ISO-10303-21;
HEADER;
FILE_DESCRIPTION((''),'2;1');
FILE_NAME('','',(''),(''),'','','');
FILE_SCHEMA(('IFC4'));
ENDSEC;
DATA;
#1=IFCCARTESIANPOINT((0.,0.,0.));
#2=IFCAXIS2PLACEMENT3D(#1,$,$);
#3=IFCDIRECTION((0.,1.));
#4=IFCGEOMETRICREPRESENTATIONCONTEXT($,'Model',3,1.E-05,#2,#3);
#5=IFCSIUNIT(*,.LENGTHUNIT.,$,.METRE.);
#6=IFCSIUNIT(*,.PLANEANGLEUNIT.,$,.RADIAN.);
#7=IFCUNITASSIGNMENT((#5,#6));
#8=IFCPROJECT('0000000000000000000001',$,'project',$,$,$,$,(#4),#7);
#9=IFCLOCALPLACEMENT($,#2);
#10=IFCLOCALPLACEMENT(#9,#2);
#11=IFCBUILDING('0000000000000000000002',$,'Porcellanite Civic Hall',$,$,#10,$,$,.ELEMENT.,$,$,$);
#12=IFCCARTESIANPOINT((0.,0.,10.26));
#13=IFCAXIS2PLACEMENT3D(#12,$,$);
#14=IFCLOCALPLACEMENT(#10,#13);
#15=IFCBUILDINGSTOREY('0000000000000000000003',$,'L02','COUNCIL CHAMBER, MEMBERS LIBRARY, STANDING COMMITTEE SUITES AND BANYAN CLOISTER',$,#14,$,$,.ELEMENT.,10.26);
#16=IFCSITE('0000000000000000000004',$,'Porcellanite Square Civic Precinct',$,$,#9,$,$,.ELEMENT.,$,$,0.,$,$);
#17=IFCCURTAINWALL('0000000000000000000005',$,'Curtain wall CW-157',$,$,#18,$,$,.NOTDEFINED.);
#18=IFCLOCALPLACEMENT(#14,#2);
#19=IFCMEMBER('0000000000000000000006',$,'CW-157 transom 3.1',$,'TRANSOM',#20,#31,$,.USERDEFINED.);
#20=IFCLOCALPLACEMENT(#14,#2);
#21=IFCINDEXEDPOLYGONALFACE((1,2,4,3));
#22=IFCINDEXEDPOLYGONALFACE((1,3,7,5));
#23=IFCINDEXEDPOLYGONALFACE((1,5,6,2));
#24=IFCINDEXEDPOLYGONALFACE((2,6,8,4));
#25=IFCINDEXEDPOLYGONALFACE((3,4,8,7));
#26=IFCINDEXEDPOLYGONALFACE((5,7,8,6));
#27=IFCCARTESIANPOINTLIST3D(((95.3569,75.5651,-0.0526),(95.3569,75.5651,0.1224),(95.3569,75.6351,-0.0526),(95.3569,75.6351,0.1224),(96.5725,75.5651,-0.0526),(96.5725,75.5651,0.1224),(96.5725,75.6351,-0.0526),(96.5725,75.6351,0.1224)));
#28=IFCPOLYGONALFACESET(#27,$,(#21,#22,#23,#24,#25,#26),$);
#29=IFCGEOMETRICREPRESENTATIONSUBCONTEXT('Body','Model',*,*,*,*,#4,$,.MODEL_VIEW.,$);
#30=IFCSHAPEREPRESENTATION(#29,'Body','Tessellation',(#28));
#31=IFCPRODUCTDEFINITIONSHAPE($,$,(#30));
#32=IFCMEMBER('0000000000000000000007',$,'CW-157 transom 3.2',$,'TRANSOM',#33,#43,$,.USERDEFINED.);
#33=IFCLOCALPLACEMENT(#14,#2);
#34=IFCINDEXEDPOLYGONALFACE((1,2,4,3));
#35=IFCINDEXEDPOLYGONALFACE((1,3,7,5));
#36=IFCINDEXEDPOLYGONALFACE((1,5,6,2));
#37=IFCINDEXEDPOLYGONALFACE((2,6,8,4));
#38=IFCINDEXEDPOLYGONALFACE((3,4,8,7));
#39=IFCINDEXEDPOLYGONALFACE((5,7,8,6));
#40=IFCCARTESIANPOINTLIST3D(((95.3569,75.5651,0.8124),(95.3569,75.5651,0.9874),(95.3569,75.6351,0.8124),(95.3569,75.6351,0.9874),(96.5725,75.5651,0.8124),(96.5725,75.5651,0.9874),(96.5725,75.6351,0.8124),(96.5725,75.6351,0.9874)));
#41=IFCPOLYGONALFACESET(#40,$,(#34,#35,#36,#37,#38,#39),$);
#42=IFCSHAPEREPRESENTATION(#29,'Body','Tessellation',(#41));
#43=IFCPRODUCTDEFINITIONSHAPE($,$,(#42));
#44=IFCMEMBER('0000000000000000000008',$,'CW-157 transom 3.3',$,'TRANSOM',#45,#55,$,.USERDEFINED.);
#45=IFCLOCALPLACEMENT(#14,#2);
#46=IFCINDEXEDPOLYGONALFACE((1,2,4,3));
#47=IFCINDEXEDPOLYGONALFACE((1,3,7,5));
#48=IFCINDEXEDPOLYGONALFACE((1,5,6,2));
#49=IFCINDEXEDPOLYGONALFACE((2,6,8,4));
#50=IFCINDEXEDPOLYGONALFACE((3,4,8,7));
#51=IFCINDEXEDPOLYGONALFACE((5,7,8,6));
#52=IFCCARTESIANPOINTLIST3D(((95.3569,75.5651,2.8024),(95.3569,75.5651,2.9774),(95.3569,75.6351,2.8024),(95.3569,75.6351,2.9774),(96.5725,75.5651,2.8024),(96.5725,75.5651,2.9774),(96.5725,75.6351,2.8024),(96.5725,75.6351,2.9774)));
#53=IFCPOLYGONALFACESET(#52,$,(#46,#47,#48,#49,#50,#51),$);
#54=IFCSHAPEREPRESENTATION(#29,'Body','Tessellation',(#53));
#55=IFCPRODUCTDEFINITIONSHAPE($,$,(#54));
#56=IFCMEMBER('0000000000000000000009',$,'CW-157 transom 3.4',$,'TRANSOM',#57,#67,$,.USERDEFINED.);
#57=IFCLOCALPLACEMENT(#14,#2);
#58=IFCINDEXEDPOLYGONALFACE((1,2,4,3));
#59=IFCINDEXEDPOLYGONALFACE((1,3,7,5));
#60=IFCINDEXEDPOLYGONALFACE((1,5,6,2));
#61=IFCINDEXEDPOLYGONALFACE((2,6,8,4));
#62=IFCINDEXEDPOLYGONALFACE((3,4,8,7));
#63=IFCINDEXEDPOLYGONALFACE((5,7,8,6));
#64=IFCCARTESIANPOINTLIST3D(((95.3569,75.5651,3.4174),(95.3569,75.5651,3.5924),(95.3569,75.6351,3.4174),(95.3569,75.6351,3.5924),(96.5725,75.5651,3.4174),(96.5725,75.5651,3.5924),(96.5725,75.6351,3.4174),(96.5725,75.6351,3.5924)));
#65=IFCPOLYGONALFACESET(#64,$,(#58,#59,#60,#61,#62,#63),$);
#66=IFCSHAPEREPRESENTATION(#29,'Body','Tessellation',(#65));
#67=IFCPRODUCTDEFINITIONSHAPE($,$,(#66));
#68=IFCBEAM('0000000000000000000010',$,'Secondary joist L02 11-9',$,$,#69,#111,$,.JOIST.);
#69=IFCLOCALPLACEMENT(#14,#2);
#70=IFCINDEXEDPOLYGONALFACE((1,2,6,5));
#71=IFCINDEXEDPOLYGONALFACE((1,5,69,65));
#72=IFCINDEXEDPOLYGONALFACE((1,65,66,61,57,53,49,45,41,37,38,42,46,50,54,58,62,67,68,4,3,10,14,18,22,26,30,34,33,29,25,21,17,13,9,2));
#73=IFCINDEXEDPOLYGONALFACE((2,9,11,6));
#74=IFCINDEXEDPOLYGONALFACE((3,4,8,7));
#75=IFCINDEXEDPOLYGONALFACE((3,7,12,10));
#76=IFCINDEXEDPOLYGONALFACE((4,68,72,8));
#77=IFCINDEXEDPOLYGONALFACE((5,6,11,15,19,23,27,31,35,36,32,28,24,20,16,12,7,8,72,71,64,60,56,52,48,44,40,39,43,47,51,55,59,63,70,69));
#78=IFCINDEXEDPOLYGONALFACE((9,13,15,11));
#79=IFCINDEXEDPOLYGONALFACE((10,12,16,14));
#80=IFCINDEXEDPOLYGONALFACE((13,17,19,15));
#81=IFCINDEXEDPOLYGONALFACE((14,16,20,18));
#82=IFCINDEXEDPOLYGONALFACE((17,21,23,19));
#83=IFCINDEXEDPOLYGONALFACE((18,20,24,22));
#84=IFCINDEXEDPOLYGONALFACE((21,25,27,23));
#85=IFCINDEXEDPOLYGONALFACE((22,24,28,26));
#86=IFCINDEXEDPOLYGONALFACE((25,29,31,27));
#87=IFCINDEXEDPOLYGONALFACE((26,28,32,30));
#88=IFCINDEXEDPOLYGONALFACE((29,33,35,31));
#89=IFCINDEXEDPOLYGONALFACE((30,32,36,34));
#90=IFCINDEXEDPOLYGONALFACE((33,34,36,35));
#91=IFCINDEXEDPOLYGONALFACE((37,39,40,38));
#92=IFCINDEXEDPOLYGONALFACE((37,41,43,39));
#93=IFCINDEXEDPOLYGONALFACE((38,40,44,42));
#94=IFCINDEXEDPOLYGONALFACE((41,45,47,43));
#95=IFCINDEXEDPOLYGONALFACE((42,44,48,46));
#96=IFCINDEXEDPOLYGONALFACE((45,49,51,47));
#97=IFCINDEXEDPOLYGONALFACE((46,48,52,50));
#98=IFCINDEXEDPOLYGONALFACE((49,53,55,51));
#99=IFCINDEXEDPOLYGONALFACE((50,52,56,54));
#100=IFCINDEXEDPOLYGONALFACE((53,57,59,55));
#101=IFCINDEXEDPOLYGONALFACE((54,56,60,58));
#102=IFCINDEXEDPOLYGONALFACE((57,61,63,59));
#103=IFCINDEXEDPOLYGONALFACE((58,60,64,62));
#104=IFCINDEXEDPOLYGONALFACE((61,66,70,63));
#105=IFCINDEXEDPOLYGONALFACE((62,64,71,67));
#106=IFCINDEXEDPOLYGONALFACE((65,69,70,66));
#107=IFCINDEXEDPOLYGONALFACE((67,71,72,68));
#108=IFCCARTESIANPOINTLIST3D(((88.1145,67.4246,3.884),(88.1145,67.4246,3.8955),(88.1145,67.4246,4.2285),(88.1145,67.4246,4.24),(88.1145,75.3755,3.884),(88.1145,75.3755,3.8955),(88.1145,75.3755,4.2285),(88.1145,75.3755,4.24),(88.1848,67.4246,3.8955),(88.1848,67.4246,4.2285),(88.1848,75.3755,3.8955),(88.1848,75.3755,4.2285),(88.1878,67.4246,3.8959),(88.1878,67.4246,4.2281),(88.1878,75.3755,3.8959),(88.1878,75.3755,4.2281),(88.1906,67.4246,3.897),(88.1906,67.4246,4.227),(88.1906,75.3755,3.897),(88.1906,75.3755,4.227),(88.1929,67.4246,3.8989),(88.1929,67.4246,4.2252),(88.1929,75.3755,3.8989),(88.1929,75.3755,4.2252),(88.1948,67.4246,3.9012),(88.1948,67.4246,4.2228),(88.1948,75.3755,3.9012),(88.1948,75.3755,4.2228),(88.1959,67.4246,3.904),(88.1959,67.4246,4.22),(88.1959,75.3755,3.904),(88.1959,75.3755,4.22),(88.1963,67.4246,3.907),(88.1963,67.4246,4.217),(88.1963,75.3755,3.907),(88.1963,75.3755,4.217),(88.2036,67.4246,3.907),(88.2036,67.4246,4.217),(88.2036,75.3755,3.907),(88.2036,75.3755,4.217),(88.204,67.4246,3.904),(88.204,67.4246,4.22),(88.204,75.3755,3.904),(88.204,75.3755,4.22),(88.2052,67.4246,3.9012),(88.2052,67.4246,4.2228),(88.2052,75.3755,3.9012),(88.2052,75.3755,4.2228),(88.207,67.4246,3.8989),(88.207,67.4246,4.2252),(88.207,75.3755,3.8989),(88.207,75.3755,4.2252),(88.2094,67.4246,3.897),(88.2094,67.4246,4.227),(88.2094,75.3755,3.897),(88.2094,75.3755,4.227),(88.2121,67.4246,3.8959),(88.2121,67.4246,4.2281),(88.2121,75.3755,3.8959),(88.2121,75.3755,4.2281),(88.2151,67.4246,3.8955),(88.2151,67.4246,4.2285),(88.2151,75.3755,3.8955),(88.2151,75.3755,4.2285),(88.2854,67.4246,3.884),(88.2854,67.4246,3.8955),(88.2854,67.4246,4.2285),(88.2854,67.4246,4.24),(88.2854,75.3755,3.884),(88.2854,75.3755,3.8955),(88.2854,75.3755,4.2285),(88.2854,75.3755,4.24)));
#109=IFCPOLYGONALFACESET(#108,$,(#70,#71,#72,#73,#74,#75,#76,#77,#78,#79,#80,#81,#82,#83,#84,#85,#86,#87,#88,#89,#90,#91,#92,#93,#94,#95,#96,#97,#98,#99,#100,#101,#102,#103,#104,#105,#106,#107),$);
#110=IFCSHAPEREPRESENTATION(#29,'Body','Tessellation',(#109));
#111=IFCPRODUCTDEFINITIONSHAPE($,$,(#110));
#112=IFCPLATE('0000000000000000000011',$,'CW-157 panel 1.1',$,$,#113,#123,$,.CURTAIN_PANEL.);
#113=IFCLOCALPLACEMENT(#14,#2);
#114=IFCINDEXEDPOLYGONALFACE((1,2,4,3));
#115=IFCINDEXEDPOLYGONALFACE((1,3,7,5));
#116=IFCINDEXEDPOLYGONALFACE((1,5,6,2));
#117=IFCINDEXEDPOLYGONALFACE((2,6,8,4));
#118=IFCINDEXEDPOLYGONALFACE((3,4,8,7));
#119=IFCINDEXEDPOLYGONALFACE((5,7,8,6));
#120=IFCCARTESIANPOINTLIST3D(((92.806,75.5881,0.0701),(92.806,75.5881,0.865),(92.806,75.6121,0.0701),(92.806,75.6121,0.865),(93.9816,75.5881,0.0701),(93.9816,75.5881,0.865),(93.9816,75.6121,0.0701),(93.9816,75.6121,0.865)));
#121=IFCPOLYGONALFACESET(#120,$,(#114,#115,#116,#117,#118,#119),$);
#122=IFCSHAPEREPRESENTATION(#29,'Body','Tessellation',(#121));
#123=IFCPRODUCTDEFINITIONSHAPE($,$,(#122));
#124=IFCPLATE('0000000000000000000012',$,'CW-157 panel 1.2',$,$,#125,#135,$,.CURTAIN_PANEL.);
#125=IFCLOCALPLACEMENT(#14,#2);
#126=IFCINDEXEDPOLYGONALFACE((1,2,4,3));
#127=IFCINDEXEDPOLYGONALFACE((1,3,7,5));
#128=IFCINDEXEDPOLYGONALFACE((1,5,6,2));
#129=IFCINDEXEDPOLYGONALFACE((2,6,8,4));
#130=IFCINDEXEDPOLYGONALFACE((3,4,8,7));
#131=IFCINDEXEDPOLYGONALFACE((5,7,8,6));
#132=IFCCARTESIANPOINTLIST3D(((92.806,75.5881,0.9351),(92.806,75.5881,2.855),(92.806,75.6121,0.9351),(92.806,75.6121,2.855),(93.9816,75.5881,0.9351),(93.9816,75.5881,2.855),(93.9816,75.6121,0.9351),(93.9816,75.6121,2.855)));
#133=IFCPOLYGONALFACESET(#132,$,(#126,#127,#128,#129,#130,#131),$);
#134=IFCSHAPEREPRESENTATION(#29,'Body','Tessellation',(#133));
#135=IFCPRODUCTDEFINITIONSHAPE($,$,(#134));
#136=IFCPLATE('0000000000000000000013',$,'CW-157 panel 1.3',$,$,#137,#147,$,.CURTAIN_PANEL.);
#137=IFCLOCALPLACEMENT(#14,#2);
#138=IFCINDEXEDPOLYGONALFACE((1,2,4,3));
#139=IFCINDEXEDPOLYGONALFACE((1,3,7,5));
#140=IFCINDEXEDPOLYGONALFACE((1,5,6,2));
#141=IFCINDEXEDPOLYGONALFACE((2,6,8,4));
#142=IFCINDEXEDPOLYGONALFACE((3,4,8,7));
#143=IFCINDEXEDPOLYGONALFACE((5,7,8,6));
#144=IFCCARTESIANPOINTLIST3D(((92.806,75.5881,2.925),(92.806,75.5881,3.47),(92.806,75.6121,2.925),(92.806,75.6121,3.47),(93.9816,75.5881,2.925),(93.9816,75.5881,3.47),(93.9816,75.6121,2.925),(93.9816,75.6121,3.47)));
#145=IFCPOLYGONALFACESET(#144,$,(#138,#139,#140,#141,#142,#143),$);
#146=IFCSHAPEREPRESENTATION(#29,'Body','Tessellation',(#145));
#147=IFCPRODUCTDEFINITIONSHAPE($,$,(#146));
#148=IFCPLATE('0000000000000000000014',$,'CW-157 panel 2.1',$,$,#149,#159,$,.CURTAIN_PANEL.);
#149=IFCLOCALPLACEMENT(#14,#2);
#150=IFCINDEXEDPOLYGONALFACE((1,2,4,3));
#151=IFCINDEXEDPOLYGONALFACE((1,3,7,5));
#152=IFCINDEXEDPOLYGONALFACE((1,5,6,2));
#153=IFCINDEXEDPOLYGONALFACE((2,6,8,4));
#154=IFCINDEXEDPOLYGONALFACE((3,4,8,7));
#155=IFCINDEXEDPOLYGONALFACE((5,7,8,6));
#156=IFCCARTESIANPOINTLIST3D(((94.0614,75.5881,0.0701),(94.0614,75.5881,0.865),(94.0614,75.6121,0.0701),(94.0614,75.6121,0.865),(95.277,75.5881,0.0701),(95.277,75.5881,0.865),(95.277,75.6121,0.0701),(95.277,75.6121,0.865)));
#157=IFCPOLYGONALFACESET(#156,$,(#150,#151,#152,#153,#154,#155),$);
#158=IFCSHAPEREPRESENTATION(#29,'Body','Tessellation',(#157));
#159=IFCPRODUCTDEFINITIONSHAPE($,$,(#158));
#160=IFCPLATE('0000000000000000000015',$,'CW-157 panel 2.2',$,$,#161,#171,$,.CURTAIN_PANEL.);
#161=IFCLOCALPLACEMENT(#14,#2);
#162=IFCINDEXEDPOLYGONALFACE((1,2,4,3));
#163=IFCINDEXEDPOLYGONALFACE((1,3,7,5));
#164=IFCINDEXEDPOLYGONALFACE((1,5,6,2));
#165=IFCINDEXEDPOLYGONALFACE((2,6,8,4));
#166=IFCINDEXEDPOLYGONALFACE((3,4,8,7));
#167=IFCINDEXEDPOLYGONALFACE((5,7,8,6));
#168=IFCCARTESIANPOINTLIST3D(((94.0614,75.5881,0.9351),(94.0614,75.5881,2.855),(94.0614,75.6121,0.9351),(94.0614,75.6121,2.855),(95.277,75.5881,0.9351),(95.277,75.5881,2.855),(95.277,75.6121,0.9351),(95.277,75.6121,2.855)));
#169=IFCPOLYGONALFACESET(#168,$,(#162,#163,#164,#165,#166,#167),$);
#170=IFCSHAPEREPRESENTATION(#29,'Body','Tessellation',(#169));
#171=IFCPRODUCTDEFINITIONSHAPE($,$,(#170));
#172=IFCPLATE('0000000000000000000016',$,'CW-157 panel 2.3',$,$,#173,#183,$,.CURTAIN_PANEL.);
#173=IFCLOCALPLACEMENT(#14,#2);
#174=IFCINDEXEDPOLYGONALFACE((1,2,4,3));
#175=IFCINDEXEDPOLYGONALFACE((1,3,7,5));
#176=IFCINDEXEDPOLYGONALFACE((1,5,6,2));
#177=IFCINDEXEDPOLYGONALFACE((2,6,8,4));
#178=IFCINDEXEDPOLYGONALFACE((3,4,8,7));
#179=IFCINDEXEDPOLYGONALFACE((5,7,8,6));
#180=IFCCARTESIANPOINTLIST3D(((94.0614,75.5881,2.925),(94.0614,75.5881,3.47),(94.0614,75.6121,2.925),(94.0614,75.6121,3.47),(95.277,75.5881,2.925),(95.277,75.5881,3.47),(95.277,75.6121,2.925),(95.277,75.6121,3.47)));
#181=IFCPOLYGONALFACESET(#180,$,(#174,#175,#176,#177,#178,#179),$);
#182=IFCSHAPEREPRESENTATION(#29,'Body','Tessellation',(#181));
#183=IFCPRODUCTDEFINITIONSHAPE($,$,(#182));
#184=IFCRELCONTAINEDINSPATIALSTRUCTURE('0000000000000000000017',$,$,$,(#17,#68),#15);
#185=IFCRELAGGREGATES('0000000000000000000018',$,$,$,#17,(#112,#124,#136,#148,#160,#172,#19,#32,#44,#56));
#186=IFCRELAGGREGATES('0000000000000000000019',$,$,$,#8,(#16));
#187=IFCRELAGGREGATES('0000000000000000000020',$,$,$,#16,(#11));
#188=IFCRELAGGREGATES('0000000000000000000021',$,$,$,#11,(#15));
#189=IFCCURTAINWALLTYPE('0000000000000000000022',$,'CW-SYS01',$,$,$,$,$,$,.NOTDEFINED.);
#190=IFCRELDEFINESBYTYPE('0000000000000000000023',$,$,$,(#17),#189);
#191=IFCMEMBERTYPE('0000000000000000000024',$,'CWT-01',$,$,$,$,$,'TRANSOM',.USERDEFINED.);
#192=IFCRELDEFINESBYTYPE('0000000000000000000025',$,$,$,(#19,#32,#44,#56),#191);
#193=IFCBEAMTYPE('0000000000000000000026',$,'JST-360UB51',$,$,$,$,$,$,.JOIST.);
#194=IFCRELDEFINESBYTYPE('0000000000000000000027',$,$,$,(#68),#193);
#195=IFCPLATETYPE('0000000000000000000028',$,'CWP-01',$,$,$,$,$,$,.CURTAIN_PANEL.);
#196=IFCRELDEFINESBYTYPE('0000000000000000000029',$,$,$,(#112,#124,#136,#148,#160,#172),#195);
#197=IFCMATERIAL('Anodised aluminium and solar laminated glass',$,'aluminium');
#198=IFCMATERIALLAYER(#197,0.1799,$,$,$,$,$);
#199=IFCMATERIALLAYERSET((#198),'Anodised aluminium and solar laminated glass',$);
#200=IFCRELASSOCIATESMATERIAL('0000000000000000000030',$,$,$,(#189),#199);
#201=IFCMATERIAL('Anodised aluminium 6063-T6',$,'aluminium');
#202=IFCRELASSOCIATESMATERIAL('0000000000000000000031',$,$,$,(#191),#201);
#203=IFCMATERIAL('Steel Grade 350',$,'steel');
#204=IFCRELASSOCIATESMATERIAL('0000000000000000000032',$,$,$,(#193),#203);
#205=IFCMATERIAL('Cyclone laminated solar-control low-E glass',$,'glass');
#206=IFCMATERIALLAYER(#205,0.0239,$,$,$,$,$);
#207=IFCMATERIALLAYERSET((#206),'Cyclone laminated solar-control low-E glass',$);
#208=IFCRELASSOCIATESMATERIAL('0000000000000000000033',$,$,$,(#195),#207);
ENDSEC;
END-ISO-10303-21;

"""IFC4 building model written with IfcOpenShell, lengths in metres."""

from ifc_helpers import new_model, si_unit, direction, frame, origin, origin_2d, place, context, subcontext, project, spatial, rectangle, i_section, extrude, material, layer, layer_set, material_profile, profile_set, type_object, element, aggregate, save


model = new_model("IFC4")

# Units and contexts
model_context = context("Model", 3, precision=1e-05, world=origin(), true_north=direction((0.0, 1.0)))
body_context = subcontext(model_context, "Body", "Model", "MODEL_VIEW")
ifc_project = project(units=[si_unit("LENGTHUNIT", "METRE"), si_unit("PLANEANGLEUNIT", "RADIAN")], contexts=[model_context])

# Site, building, storey
site_placement = place(None, origin())
site = spatial("IfcSite", under=ifc_project, at=site_placement, Name="Porcellanite Square Civic Precinct", CompositionType="ELEMENT", RefElevation=0.0)
building_placement = place(site_placement, origin())
building = spatial("IfcBuilding", under=site, at=building_placement, Name="Porcellanite Civic Hall", CompositionType="ELEMENT")
storey_placement = place(building_placement, frame((0.0, 0.0, 10.26)))
storey = spatial("IfcBuildingStorey", under=building, at=storey_placement, Name="L02", Description="COUNCIL CHAMBER, MEMBERS LIBRARY, STANDING COMMITTEE SUITES AND BANYAN CLOISTER", CompositionType="ELEMENT", Elevation=10.26)

# Curtain wall, members
ifc_material_1 = material(Name="Anodised aluminium and solar laminated glass", Category="aluminium")
ifc_layer_1 = layer(ifc_material_1, 0.1799)
ifc_layer_set_1 = layer_set([ifc_layer_1], Name="Anodised aluminium and solar laminated glass")
curtain_wall_type = type_object("IfcCurtainWallType", Name="CW-SYS01", PredefinedType="NOTDEFINED", material=ifc_layer_set_1)
curtain_wall_placement = place(storey_placement, origin())
curtain_wall = element("IfcCurtainWall", 1, at=curtain_wall_placement, inside=storey, type_object=curtain_wall_type, Name="Curtain wall CW-157", PredefinedType="NOTDEFINED")
ifc_material_2 = material(Name="Anodised aluminium 6063-T6", Category="aluminium")
ifc_material_profile_1 = material_profile(ifc_material_2, rectangle(XDim=0.0701, YDim=0.175, at=origin_2d()), Name="AL-70x175")
ifc_profile_set_1 = profile_set([ifc_material_profile_1], Name="Anodised aluminium 6063-T6")
member_type_1 = type_object("IfcMemberType", Name="CWT-01", ElementType="TRANSOM", PredefinedType="USERDEFINED", material=ifc_profile_set_1)
member_1_placement = place(storey_placement, frame((95.3569, 75.6001, 0.0349), z_axis=(1.0, 0.0, 0.0), x_axis=(0.0, 1.0, 0.0)))
member_1 = element("IfcMember", 2, at=member_1_placement, type_object=member_type_1, Name="CW-157 transom 3.1", ObjectType="TRANSOM", PredefinedType="USERDEFINED", context=body_context, shape_type="SweptSolid", body=[
    extrude(rectangle(XDim=0.0701, YDim=0.175, at=origin_2d()), origin(), (0.0, 0.0, 1.0), 1.2156),
])
member_2_placement = place(storey_placement, frame((95.3569, 75.6001, 0.8999), z_axis=(1.0, 0.0, 0.0), x_axis=(0.0, 1.0, 0.0)))
member_2 = element("IfcMember", 3, at=member_2_placement, type_object=member_type_1, Name="CW-157 transom 3.2", ObjectType="TRANSOM", PredefinedType="USERDEFINED", context=body_context, shape_type="SweptSolid", body=[
    extrude(rectangle(XDim=0.0701, YDim=0.175, at=origin_2d()), origin(), (0.0, 0.0, 1.0), 1.2156),
])
member_3_placement = place(storey_placement, frame((95.3569, 75.6001, 2.8899), z_axis=(1.0, 0.0, 0.0), x_axis=(0.0, 1.0, 0.0)))
member_3 = element("IfcMember", 4, at=member_3_placement, type_object=member_type_1, Name="CW-157 transom 3.3", ObjectType="TRANSOM", PredefinedType="USERDEFINED", context=body_context, shape_type="SweptSolid", body=[
    extrude(rectangle(XDim=0.0701, YDim=0.175, at=origin_2d()), origin(), (0.0, 0.0, 1.0), 1.2156),
])
member_4_placement = place(storey_placement, frame((95.3569, 75.6001, 3.5049), z_axis=(1.0, 0.0, 0.0), x_axis=(0.0, 1.0, 0.0)))
member_4 = element("IfcMember", 5, at=member_4_placement, type_object=member_type_1, Name="CW-157 transom 3.4", ObjectType="TRANSOM", PredefinedType="USERDEFINED", context=body_context, shape_type="SweptSolid", body=[
    extrude(rectangle(XDim=0.0701, YDim=0.175, at=origin_2d()), origin(), (0.0, 0.0, 1.0), 1.2156),
])

# Beam
ifc_material_3 = material(Name="Steel Grade 350", Category="steel")
ifc_material_profile_2 = material_profile(ifc_material_3, i_section(OverallWidth=0.1709, OverallDepth=0.356, WebThickness=0.0073, FlangeThickness=0.0115, FilletRadius=0.0115, at=origin_2d()), Name="360UB50.7")
ifc_profile_set_2 = profile_set([ifc_material_profile_2], Name="Steel Grade 350")
beam_type_1 = type_object("IfcBeamType", Name="JST-360UB51", PredefinedType="JOIST", material=ifc_profile_set_2)
beam_1_placement = place(storey_placement, frame((88.2, 67.4246, 4.062), z_axis=(0.0, 1.0, 0.0), x_axis=(-1.0, 0.0, 0.0)))
element("IfcBeam", 6, at=beam_1_placement, inside=storey, type_object=beam_type_1, Name="Secondary joist L02 11-9", PredefinedType="JOIST", context=body_context, shape_type="SweptSolid", body=[
    extrude(i_section(OverallWidth=0.1709, OverallDepth=0.356, WebThickness=0.0073, FlangeThickness=0.0115, FilletRadius=0.0115, at=origin_2d()), origin(), (0.0, 0.0, 1.0), 7.9509),
])

# Plates
ifc_material_4 = material(Name="Cyclone laminated solar-control low-E glass", Category="glass")
ifc_layer_2 = layer(ifc_material_4, 0.0239)
ifc_layer_set_2 = layer_set([ifc_layer_2], Name="Cyclone laminated solar-control low-E glass")
plate_type = type_object("IfcPlateType", Name="CWP-01", PredefinedType="CURTAIN_PANEL", material=ifc_layer_set_2)
plate_1_placement = place(storey_placement, frame((93.3938, 75.6001, 0.0701), z_axis=(0.0, 0.0, 1.0), x_axis=(1.0, 0.0, 0.0)))
plate_1 = element("IfcPlate", 7, at=plate_1_placement, type_object=plate_type, Name="CW-157 panel 1.1", PredefinedType="CURTAIN_PANEL", context=body_context, shape_type="SweptSolid", body=[
    extrude(rectangle(XDim=1.1755, YDim=0.0239, at=origin_2d()), origin(), (0.0, 0.0, 1.0), 0.7949),
])
plate_2_placement = place(storey_placement, frame((93.3938, 75.6001, 0.9351), z_axis=(0.0, 0.0, 1.0), x_axis=(1.0, 0.0, 0.0)))
plate_2 = element("IfcPlate", 8, at=plate_2_placement, type_object=plate_type, Name="CW-157 panel 1.2", PredefinedType="CURTAIN_PANEL", context=body_context, shape_type="SweptSolid", body=[
    extrude(rectangle(XDim=1.1755, YDim=0.0239, at=origin_2d()), origin(), (0.0, 0.0, 1.0), 1.9199),
])
plate_3_placement = place(storey_placement, frame((93.3938, 75.6001, 2.925), z_axis=(0.0, 0.0, 1.0), x_axis=(1.0, 0.0, 0.0)))
plate_3 = element("IfcPlate", 9, at=plate_3_placement, type_object=plate_type, Name="CW-157 panel 1.3", PredefinedType="CURTAIN_PANEL", context=body_context, shape_type="SweptSolid", body=[
    extrude(rectangle(XDim=1.1755, YDim=0.0239, at=origin_2d()), origin(), (0.0, 0.0, 1.0), 0.5449),
])
plate_4_placement = place(storey_placement, frame((94.6692, 75.6001, 0.0701), z_axis=(0.0, 0.0, 1.0), x_axis=(1.0, 0.0, 0.0)))
plate_4 = element("IfcPlate", 10, at=plate_4_placement, type_object=plate_type, Name="CW-157 panel 2.1", PredefinedType="CURTAIN_PANEL", context=body_context, shape_type="SweptSolid", body=[
    extrude(rectangle(XDim=1.2156, YDim=0.0239, at=origin_2d()), origin(), (0.0, 0.0, 1.0), 0.7949),
])
plate_5_placement = place(storey_placement, frame((94.6692, 75.6001, 0.9351), z_axis=(0.0, 0.0, 1.0), x_axis=(1.0, 0.0, 0.0)))
plate_5 = element("IfcPlate", 11, at=plate_5_placement, type_object=plate_type, Name="CW-157 panel 2.2", PredefinedType="CURTAIN_PANEL", context=body_context, shape_type="SweptSolid", body=[
    extrude(rectangle(XDim=1.2156, YDim=0.0239, at=origin_2d()), origin(), (0.0, 0.0, 1.0), 1.9199),
])
plate_6_placement = place(storey_placement, frame((94.6692, 75.6001, 2.925), z_axis=(0.0, 0.0, 1.0), x_axis=(1.0, 0.0, 0.0)))
plate_6 = element("IfcPlate", 12, at=plate_6_placement, type_object=plate_type, Name="CW-157 panel 2.3", PredefinedType="CURTAIN_PANEL", context=body_context, shape_type="SweptSolid", body=[
    extrude(rectangle(XDim=1.2156, YDim=0.0239, at=origin_2d()), origin(), (0.0, 0.0, 1.0), 0.5449),
])
aggregate(curtain_wall, [plate_1, plate_2, plate_3, plate_4, plate_5, plate_6, member_1, member_2, member_3, member_4])

save(model, "model.ifc")
